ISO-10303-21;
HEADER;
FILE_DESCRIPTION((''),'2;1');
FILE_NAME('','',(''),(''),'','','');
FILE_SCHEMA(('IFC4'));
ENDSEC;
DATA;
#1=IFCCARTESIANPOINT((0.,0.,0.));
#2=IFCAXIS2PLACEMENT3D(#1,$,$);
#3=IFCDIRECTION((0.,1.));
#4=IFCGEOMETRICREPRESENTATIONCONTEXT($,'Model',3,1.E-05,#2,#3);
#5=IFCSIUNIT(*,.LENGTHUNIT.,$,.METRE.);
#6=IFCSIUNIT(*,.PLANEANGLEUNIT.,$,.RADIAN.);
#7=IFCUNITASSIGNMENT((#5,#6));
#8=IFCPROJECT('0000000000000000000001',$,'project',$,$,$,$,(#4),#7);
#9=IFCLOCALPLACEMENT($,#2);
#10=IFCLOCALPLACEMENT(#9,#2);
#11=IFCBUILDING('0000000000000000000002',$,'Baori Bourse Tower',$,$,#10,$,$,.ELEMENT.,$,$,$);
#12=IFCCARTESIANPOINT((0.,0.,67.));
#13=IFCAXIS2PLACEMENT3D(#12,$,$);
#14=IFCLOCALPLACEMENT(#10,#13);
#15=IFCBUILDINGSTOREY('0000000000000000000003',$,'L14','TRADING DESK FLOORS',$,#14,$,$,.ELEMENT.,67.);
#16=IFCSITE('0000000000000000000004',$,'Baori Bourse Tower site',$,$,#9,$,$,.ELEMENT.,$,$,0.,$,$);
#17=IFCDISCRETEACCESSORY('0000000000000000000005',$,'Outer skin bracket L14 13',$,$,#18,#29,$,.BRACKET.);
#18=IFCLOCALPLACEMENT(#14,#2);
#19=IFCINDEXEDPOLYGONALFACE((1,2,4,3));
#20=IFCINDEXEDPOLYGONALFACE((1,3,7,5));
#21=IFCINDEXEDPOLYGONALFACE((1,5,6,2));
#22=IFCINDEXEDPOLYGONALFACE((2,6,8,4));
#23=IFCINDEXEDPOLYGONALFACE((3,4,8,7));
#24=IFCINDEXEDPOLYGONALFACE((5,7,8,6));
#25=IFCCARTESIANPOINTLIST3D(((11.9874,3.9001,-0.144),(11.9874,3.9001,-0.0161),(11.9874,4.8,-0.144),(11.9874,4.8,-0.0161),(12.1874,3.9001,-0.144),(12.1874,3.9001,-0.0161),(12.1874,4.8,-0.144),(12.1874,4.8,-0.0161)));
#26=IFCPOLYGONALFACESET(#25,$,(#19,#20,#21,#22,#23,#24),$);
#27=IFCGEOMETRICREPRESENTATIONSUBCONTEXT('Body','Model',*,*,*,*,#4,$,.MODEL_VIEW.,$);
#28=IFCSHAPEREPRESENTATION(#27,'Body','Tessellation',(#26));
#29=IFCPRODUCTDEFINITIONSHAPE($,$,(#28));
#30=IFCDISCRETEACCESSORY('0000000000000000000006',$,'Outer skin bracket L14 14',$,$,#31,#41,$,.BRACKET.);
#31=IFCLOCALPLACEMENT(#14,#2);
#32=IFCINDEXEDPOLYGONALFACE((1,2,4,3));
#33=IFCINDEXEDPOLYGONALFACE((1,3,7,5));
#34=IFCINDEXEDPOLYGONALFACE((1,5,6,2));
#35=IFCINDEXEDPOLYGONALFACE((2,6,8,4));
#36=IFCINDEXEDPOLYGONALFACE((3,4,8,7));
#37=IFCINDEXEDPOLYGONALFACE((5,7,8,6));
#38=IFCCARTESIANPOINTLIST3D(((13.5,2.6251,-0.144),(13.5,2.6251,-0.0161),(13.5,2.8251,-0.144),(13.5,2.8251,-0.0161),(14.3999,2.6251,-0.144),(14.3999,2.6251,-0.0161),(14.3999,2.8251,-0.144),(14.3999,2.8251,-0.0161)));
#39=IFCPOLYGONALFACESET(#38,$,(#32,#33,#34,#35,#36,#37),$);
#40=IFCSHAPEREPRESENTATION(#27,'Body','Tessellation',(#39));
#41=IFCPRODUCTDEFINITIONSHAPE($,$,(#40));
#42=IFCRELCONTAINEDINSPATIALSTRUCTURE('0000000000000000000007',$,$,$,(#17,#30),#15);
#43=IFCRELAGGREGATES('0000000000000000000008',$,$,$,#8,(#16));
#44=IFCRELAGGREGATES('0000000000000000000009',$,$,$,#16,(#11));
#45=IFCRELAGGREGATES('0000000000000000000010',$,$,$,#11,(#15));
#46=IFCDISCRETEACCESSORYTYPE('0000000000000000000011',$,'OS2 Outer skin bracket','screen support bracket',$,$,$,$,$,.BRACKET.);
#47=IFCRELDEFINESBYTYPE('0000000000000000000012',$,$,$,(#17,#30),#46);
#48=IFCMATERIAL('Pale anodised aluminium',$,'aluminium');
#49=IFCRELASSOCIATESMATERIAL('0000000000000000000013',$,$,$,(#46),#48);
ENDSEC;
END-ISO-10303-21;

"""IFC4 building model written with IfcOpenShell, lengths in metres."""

from ifc_helpers import new_model, si_unit, direction, frame, origin, origin_2d, place, context, subcontext, project, spatial, rectangle, extrude, material, type_object, element, save


model = new_model("IFC4")

# Units and contexts
model_context = context("Model", 3, precision=1e-05, world=origin(), true_north=direction((0.0, 1.0)))
body_context = subcontext(model_context, "Body", "Model", "MODEL_VIEW")
ifc_project = project(units=[si_unit("LENGTHUNIT", "METRE"), si_unit("PLANEANGLEUNIT", "RADIAN")], contexts=[model_context])

# Site, building, storey
site_placement = place(None, origin())
site = spatial("IfcSite", under=ifc_project, at=site_placement, Name="Baori Bourse Tower site", CompositionType="ELEMENT", RefElevation=0.0)
building_placement = place(site_placement, origin())
building = spatial("IfcBuilding", under=site, at=building_placement, Name="Baori Bourse Tower", CompositionType="ELEMENT")
storey_placement = place(building_placement, frame((0.0, 0.0, 67.0)))
storey = spatial("IfcBuildingStorey", under=building, at=storey_placement, Name="L14", Description="TRADING DESK FLOORS", CompositionType="ELEMENT", Elevation=67.0)

# Discrete accessories
ifc_material_1 = material(Name="Pale anodised aluminium", Category="aluminium")
discrete_accessory_type = type_object("IfcDiscreteAccessoryType", Name="OS2 Outer skin bracket", Description="screen support bracket", PredefinedType="BRACKET", material=ifc_material_1)
for number, where, z_axis, x_axis, name in (
    (1, (12.0874, 4.3501, -0.144), (0.0, 0.0, 1.0), (1.0, 0.0, 0.0), "Outer skin bracket L14 13"),
    (2, (13.95, 2.7251, -0.144), (0.0, 0.0, 1.0), (0.0, -1.0, 0.0), "Outer skin bracket L14 14"),
):
    element("IfcDiscreteAccessory", number, at=place(storey_placement, frame(where, z_axis=z_axis, x_axis=x_axis)), inside=storey, type_object=discrete_accessory_type, Name=name, PredefinedType="BRACKET", context=body_context, shape_type="SweptSolid", body=[
        extrude(rectangle(XDim=0.2, YDim=0.8999, at=origin_2d()), origin(), (0.0, 0.0, 1.0), 0.1279),
    ])

save(model, "model.ifc")
